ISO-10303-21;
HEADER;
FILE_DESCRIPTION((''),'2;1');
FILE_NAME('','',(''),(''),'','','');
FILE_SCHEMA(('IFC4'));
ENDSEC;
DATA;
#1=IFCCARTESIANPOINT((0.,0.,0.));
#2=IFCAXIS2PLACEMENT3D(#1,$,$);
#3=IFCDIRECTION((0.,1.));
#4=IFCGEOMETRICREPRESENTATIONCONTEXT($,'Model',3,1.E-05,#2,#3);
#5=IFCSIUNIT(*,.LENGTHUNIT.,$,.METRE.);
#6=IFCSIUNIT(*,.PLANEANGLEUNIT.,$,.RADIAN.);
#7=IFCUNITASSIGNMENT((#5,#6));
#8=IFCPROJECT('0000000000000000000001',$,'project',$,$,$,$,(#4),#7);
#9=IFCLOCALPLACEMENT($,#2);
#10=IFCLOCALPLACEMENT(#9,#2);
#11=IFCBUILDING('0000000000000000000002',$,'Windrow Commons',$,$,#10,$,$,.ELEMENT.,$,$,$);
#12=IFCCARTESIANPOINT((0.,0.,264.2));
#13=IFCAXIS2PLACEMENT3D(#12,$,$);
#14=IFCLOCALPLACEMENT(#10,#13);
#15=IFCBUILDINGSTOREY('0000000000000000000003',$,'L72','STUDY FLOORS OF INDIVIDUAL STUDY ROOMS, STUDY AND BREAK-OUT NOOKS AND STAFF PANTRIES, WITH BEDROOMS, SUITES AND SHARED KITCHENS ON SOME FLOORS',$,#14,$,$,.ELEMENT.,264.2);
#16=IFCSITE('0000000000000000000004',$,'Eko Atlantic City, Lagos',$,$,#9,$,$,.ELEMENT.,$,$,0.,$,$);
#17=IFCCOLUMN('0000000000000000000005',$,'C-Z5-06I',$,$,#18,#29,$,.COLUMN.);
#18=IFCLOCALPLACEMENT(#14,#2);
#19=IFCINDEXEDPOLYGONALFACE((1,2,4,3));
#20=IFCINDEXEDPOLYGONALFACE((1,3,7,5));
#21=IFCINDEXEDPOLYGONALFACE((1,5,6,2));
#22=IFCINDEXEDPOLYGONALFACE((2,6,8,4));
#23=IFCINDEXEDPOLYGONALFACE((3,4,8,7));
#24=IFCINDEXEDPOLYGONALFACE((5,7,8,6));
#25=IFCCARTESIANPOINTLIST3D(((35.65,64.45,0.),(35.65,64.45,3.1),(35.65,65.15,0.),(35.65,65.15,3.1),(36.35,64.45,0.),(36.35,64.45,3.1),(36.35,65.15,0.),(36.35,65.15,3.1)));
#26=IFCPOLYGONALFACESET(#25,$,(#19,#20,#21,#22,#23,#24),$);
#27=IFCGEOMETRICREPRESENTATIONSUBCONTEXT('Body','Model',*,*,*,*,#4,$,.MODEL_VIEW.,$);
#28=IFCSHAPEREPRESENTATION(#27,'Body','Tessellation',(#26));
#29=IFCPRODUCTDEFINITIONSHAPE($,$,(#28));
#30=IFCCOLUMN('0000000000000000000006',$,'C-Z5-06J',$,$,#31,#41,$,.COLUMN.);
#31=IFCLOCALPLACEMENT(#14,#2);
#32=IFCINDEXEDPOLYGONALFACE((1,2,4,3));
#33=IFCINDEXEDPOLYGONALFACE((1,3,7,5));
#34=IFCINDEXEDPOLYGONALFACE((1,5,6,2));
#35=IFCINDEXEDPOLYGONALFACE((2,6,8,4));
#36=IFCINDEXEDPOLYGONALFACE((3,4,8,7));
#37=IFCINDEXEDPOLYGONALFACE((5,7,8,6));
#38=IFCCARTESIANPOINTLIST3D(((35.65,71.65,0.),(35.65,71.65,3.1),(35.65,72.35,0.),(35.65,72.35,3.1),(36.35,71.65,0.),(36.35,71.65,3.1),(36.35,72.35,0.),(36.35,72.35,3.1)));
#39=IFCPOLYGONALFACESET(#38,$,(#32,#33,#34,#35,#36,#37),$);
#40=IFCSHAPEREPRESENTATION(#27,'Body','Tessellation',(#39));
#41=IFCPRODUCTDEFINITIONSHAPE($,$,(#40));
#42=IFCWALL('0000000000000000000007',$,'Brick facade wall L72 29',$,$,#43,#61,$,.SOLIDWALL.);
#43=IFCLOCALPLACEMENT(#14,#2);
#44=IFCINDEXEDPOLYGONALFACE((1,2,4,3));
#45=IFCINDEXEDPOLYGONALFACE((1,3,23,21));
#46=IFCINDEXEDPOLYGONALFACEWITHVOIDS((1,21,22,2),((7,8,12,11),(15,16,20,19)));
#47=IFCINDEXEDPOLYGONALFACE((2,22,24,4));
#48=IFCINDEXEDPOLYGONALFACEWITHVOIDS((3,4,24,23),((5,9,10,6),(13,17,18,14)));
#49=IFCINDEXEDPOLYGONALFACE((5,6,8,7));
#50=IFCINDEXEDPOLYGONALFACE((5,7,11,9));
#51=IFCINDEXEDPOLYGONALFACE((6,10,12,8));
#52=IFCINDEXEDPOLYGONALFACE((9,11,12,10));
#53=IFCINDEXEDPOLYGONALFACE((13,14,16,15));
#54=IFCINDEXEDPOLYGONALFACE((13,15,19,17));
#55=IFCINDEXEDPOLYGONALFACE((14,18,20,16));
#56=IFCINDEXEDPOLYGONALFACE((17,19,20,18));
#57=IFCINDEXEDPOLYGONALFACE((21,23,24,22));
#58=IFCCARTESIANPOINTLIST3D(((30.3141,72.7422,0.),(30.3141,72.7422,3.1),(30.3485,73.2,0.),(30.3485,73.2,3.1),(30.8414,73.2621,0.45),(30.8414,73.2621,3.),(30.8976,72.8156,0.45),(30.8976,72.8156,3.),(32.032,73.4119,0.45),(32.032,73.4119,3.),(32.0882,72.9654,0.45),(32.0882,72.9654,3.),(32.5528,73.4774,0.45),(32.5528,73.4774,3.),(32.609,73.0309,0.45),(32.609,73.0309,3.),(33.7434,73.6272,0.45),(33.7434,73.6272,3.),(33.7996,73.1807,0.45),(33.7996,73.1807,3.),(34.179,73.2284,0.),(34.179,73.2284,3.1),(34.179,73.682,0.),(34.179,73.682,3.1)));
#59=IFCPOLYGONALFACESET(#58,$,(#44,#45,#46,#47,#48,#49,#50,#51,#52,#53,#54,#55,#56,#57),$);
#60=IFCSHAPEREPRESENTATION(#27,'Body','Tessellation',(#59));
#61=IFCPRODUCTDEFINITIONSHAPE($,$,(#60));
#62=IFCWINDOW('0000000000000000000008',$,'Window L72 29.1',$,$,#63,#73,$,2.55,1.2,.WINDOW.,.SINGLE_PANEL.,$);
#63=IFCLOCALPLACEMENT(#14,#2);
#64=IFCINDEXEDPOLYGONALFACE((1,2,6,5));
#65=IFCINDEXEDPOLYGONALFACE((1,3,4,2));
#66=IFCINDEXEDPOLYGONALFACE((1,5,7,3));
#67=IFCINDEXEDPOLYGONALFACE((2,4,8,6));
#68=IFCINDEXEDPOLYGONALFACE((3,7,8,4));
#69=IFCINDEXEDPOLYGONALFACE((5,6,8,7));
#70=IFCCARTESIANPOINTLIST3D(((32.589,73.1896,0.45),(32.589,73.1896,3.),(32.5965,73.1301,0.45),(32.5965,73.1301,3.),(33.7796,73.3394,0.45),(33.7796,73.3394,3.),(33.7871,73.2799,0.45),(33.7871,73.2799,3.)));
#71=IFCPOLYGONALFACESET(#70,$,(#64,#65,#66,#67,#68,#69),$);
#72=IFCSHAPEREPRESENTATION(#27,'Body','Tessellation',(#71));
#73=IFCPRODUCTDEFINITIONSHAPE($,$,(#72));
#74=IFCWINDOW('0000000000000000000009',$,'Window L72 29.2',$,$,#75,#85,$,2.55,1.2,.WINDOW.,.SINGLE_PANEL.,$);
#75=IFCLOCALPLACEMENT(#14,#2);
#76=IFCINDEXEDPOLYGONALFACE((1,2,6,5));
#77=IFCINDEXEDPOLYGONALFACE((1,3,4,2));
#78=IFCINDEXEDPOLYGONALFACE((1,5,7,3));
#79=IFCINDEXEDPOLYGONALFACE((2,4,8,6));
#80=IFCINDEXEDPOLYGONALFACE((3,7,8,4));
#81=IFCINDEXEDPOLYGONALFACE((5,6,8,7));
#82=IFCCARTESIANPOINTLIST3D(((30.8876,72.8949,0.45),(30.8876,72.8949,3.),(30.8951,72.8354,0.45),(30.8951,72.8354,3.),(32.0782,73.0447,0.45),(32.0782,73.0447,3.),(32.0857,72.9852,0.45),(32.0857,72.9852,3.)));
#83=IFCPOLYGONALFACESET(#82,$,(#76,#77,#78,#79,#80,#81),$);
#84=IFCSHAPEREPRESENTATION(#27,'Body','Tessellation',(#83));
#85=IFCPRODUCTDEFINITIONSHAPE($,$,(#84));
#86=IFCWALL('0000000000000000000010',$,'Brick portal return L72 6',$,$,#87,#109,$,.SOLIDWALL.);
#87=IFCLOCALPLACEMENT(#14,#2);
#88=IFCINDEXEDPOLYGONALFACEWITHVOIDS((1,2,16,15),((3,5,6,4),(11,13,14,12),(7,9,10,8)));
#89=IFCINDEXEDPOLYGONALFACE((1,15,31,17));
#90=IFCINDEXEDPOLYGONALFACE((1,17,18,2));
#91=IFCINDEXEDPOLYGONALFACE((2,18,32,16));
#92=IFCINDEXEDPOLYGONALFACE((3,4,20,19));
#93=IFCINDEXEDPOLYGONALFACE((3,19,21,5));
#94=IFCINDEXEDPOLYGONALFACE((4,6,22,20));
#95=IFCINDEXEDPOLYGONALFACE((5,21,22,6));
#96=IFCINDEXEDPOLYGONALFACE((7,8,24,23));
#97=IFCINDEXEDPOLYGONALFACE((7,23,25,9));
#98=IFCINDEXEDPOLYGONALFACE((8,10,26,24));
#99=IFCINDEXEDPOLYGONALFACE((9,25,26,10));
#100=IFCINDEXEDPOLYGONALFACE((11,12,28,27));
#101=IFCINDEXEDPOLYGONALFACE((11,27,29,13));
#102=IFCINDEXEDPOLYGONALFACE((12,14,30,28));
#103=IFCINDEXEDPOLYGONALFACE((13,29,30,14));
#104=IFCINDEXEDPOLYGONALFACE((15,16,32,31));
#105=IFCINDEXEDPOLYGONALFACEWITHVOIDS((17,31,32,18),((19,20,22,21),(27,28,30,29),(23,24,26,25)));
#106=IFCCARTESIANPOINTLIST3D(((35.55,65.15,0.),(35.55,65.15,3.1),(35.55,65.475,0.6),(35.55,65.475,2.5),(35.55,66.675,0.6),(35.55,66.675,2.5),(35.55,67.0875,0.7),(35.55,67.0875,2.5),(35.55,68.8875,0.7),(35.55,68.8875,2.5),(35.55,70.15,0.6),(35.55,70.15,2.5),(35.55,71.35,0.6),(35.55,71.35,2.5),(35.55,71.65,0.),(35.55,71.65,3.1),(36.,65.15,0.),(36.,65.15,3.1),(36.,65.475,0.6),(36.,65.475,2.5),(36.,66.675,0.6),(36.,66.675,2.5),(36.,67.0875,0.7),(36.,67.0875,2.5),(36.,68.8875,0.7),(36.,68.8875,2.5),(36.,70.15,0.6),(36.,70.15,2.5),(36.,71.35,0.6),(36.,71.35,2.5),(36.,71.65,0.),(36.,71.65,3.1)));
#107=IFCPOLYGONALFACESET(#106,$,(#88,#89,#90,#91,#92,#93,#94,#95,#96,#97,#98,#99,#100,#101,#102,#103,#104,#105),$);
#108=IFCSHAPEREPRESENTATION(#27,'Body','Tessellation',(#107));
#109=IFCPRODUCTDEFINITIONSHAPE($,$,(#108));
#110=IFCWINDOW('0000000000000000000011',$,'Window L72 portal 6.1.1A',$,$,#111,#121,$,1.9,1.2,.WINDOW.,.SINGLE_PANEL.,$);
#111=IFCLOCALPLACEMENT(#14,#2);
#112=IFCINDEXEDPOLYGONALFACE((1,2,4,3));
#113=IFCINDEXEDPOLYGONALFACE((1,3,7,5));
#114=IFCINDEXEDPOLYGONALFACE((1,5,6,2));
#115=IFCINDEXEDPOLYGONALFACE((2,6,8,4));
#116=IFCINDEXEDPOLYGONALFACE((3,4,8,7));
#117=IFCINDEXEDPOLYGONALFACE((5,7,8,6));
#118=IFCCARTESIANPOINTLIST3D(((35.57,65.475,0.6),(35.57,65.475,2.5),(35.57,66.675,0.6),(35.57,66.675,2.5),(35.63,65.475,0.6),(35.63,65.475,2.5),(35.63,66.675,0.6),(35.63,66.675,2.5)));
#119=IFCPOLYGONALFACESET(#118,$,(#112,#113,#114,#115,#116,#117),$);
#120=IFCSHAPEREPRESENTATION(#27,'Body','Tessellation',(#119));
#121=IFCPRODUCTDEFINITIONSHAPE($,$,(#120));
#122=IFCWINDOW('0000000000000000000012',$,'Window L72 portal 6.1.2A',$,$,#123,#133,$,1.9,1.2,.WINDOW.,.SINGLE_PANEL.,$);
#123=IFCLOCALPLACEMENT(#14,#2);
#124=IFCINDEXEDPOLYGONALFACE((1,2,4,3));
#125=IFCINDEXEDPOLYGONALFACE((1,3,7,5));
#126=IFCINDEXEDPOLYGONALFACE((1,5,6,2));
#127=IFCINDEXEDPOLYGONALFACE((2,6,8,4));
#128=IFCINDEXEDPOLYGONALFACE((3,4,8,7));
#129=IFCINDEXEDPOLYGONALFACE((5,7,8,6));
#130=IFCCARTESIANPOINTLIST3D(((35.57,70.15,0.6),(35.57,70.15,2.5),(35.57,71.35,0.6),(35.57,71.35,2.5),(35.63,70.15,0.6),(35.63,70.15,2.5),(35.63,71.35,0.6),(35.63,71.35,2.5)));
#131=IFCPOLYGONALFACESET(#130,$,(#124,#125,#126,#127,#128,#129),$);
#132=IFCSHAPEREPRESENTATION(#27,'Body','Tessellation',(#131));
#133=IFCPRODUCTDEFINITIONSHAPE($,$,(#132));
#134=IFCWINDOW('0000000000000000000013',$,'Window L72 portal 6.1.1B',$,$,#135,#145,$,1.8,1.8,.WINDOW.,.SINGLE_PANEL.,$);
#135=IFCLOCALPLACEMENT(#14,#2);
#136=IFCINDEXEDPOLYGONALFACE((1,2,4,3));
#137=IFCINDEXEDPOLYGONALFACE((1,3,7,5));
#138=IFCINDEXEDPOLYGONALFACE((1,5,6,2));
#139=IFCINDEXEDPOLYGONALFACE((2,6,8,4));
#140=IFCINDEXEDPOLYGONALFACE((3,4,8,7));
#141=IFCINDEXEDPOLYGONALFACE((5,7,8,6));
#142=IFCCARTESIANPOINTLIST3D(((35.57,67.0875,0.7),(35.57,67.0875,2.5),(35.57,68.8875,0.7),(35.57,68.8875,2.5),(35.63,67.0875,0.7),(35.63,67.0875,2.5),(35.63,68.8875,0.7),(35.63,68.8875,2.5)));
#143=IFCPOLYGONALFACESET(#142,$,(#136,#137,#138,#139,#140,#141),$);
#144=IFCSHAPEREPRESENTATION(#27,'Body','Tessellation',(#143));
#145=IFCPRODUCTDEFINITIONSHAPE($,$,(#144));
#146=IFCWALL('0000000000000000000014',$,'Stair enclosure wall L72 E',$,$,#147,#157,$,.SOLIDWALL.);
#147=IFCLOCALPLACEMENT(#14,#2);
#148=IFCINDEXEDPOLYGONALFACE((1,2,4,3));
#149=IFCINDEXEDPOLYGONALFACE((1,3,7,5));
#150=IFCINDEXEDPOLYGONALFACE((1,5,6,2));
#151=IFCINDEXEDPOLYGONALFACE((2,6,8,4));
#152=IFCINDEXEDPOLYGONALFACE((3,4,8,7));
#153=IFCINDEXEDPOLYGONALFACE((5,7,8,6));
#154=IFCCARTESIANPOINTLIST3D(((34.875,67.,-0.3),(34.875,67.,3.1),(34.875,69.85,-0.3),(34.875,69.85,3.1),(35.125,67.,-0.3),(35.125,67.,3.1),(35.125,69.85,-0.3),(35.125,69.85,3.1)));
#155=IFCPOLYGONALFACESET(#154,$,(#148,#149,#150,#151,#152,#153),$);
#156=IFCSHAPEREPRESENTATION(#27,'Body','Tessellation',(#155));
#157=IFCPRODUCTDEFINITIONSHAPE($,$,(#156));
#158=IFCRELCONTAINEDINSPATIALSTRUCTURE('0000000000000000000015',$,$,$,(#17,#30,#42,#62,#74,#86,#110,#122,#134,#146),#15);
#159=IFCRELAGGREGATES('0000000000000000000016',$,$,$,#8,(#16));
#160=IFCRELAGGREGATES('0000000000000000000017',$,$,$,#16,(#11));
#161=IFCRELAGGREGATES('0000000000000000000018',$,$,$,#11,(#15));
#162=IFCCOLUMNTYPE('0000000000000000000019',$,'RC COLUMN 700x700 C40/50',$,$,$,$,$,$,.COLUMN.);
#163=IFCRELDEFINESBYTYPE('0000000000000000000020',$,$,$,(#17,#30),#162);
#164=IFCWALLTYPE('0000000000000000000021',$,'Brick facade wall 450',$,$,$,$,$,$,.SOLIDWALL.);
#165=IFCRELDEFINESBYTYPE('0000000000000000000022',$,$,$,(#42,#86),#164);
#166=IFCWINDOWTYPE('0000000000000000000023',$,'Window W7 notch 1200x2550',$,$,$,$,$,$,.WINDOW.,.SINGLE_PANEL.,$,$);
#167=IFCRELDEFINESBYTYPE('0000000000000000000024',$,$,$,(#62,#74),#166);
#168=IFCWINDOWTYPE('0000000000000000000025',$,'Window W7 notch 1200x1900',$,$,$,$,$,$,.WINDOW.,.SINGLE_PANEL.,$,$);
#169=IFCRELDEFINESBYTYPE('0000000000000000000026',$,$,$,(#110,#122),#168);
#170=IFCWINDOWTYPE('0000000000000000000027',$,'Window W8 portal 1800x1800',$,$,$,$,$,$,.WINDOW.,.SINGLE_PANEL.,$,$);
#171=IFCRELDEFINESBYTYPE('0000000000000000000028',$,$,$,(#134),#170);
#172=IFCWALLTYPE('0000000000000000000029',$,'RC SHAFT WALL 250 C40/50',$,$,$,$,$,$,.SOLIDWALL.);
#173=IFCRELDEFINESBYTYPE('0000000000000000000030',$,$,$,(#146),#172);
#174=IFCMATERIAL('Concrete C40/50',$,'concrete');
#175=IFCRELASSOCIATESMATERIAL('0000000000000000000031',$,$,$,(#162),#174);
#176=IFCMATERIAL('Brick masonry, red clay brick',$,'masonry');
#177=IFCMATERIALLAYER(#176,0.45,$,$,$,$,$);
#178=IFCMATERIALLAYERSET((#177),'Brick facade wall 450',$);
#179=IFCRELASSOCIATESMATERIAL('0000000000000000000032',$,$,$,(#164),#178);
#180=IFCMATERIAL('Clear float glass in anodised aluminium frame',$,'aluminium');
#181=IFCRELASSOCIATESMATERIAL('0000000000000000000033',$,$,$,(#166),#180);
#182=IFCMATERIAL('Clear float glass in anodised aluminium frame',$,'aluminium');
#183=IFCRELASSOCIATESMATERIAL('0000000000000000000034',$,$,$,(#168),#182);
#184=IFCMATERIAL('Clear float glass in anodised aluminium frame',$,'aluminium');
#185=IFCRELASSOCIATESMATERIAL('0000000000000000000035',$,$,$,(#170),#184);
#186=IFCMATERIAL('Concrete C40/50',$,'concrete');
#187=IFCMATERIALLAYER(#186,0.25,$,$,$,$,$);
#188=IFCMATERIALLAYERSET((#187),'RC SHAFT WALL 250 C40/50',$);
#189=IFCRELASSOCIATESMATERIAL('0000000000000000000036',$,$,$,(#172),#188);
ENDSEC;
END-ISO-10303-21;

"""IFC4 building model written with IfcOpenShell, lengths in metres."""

from ifc_helpers import new_model, si_unit, direction, frame, frame_2d, origin, origin_2d, place, context, subcontext, project, spatial, polyline, rectangle, outline, extrude, material, layer, layer_set, material_profile, profile_set, type_object, element, fill, save


model = new_model("IFC4")

# Units and contexts
model_context = context("Model", 3, precision=1e-05, world=origin(), true_north=direction((0.0, 1.0)))
body_context = subcontext(model_context, "Body", "Model", "MODEL_VIEW")
ifc_project = project(units=[si_unit("LENGTHUNIT", "METRE"), si_unit("PLANEANGLEUNIT", "RADIAN")], contexts=[model_context])

# Site, building, storey
site_placement = place(None, origin())
site = spatial("IfcSite", under=ifc_project, at=site_placement, Name="Eko Atlantic City, Lagos", CompositionType="ELEMENT", RefElevation=0.0)
building_placement = place(site_placement, origin())
building = spatial("IfcBuilding", under=site, at=building_placement, Name="Windrow Commons", CompositionType="ELEMENT")
storey_placement = place(building_placement, frame((0.0, 0.0, 264.2)))
storey = spatial("IfcBuildingStorey", under=building, at=storey_placement, Name="L72", Description="STUDY FLOORS OF INDIVIDUAL STUDY ROOMS, STUDY AND BREAK-OUT NOOKS AND STAFF PANTRIES, WITH BEDROOMS, SUITES AND SHARED KITCHENS ON SOME FLOORS", CompositionType="ELEMENT", Elevation=264.2)

# Columns
ifc_material_1 = material(Name="Concrete C40/50", Category="concrete")
ifc_material_profile = material_profile(ifc_material_1, rectangle(XDim=0.7, YDim=0.7, at=origin_2d()))
ifc_profile_set = profile_set([ifc_material_profile], Name="Concrete C40/50")
column_type = type_object("IfcColumnType", Name="RC COLUMN 700x700 C40/50", PredefinedType="COLUMN", material=ifc_profile_set)
for number, where, z_axis, x_axis, name in (
    (1, (36.0, 64.8, 0.0), (0.0, 0.0, 1.0), (1.0, 0.0, 0.0), "C-Z5-06I"),
    (2, (36.0, 72.0, 0.0), (0.0, 0.0, 1.0), (1.0, 0.0, 0.0), "C-Z5-06J"),
):
    element("IfcColumn", number, at=place(storey_placement, frame(where, z_axis=z_axis, x_axis=x_axis)), inside=storey, type_object=column_type, Name=name, PredefinedType="COLUMN", context=body_context, shape_type="SweptSolid", body=[
        extrude(rectangle(XDim=0.7, YDim=0.7, at=origin_2d()), origin(), (0.0, 0.0, 1.0), 3.1),
    ])

# Walls, openings, windows
ifc_material_2 = material(Name="Brick masonry, red clay brick", Category="masonry")
ifc_layer_1 = layer(ifc_material_2, 0.45)
ifc_layer_set_1 = layer_set([ifc_layer_1], Name="Brick facade wall 450")
wall_type_1 = type_object("IfcWallType", Name="Brick facade wall 450", PredefinedType="SOLIDWALL", material=ifc_layer_set_1)
wall_1_placement = place(storey_placement, frame((34.179, 73.4552, 0.0), z_axis=(0.0, 0.0, 1.0), x_axis=(-0.992178, -0.124831, 0.0)))
wall_1 = element("IfcWall", 3, at=wall_1_placement, inside=storey, type_object=wall_type_1, Name="Brick facade wall L72 29", PredefinedType="SOLIDWALL", context=body_context, shape_type="SweptSolid", body=[
    extrude(outline(polyline([(-0.0283, -0.225), (3.8324, -0.225), (3.9237, 0.225), (0.0283, 0.225), (-0.0283, -0.225)])), origin(), (0.0, 0.0, 1.0), 3.1),
])
opening_1_placement = place(wall_1_placement, frame((0.4107, 0.0, 0.45)))
opening_1 = element("IfcOpeningElement", 4, at=opening_1_placement, cuts=wall_1, PredefinedType="OPENING", context=body_context, shape_type="SweptSolid", body=[
    extrude(rectangle(XDim=1.2, YDim=2.55, at=frame_2d((0.6, 1.275))), frame((0.0, 0.235, 0.0), z_axis=(0.0, -1.0, 0.0), x_axis=(1.0, 0.0, 0.0)), (0.0, 0.0, 1.0), 0.47),
])
opening_2_placement = place(wall_1_placement, frame((2.1356, 0.0, 0.45)))
opening_2 = element("IfcOpeningElement", 5, at=opening_2_placement, cuts=wall_1, PredefinedType="OPENING", context=body_context, shape_type="SweptSolid", body=[
    extrude(rectangle(XDim=1.2, YDim=2.55, at=frame_2d((0.6, 1.275))), frame((0.0, 0.235, 0.0), z_axis=(0.0, -1.0, 0.0), x_axis=(1.0, 0.0, 0.0)), (0.0, 0.0, 1.0), 0.47),
])
ifc_material_3 = material(Name="Clear float glass in anodised aluminium frame", Category="aluminium")
window_type_1 = type_object("IfcWindowType", Name="Window W7 notch 1200x2550", PartitioningType="SINGLE_PANEL", PredefinedType="WINDOW", material=ifc_material_3)
window_1_placement = place(opening_1_placement, origin())
window_1 = element("IfcWindow", 6, at=window_1_placement, inside=storey, type_object=window_type_1, Name="Window L72 29.1", OverallHeight=2.55, OverallWidth=1.2, PartitioningType="SINGLE_PANEL", PredefinedType="WINDOW", context=body_context, shape_type="SweptSolid", body=[
    extrude(rectangle(XDim=1.2, YDim=2.55, at=frame_2d((0.6, 1.275))), frame((0.0, 0.125, 0.0), z_axis=(0.0, -1.0, 0.0), x_axis=(1.0, 0.0, 0.0)), (0.0, 0.0, 1.0), 0.06),
])
fill(opening_1, window_1)
window_2_placement = place(opening_2_placement, origin())
window_2 = element("IfcWindow", 7, at=window_2_placement, inside=storey, type_object=window_type_1, Name="Window L72 29.2", OverallHeight=2.55, OverallWidth=1.2, PartitioningType="SINGLE_PANEL", PredefinedType="WINDOW", context=body_context, shape_type="SweptSolid", body=[
    extrude(rectangle(XDim=1.2, YDim=2.55, at=frame_2d((0.6, 1.275))), frame((0.0, 0.205, 0.0), z_axis=(0.0, -1.0, 0.0), x_axis=(1.0, 0.0, 0.0)), (0.0, 0.0, 1.0), 0.06),
])
fill(opening_2, window_2)
wall_2_placement = place(storey_placement, frame((35.775, 65.15, 0.0), z_axis=(0.0, 0.0, 1.0), x_axis=(0.0, 1.0, 0.0)))
wall_2 = element("IfcWall", 8, at=wall_2_placement, inside=storey, type_object=wall_type_1, Name="Brick portal return L72 6", PredefinedType="SOLIDWALL", context=body_context, shape_type="SweptSolid", body=[
    extrude(rectangle(XDim=6.5, YDim=0.45, at=frame_2d((3.25, 0.0))), origin(), (0.0, 0.0, 1.0), 3.1),
])
opening_3_placement = place(wall_2_placement, frame((0.325, 0.0, 0.6)))
opening_3 = element("IfcOpeningElement", 9, at=opening_3_placement, cuts=wall_2, PredefinedType="OPENING", context=body_context, shape_type="SweptSolid", body=[
    extrude(rectangle(XDim=1.2, YDim=1.9, at=frame_2d((0.6, 0.95))), frame((0.0, 0.235, 0.0), z_axis=(0.0, -1.0, 0.0), x_axis=(1.0, 0.0, 0.0)), (0.0, 0.0, 1.0), 0.47),
])
opening_4_placement = place(wall_2_placement, frame((1.9375, 0.0, 0.7)))
opening_4 = element("IfcOpeningElement", 10, at=opening_4_placement, cuts=wall_2, PredefinedType="OPENING", context=body_context, shape_type="SweptSolid", body=[
    extrude(rectangle(XDim=1.8, YDim=1.8, at=frame_2d((0.9, 0.9))), frame((0.0, 0.235, 0.0), z_axis=(0.0, -1.0, 0.0), x_axis=(1.0, 0.0, 0.0)), (0.0, 0.0, 1.0), 0.47),
])
opening_5_placement = place(wall_2_placement, frame((5.0, 0.0, 0.6)))
opening_5 = element("IfcOpeningElement", 11, at=opening_5_placement, cuts=wall_2, PredefinedType="OPENING", context=body_context, shape_type="SweptSolid", body=[
    extrude(rectangle(XDim=1.2, YDim=1.9, at=frame_2d((0.6, 0.95))), frame((0.0, 0.235, 0.0), z_axis=(0.0, -1.0, 0.0), x_axis=(1.0, 0.0, 0.0)), (0.0, 0.0, 1.0), 0.47),
])
ifc_material_4 = material(Name="Clear float glass in anodised aluminium frame", Category="aluminium")
window_type_2 = type_object("IfcWindowType", Name="Window W7 notch 1200x1900", PartitioningType="SINGLE_PANEL", PredefinedType="WINDOW", material=ifc_material_4)
window_3_placement = place(opening_3_placement, origin())
window_3 = element("IfcWindow", 12, at=window_3_placement, inside=storey, type_object=window_type_2, Name="Window L72 portal 6.1.1A", OverallHeight=1.9, OverallWidth=1.2, PartitioningType="SINGLE_PANEL", PredefinedType="WINDOW", context=body_context, shape_type="SweptSolid", body=[
    extrude(rectangle(XDim=1.2, YDim=1.9, at=frame_2d((0.6, 0.95))), frame((0.0, 0.205, 0.0), z_axis=(0.0, -1.0, 0.0), x_axis=(1.0, 0.0, 0.0)), (0.0, 0.0, 1.0), 0.06),
])
fill(opening_3, window_3)
window_4_placement = place(opening_5_placement, origin())
window_4 = element("IfcWindow", 13, at=window_4_placement, inside=storey, type_object=window_type_2, Name="Window L72 portal 6.1.2A", OverallHeight=1.9, OverallWidth=1.2, PartitioningType="SINGLE_PANEL", PredefinedType="WINDOW", context=body_context, shape_type="SweptSolid", body=[
    extrude(rectangle(XDim=1.2, YDim=1.9, at=frame_2d((0.6, 0.95))), frame((0.0, 0.205, 0.0), z_axis=(0.0, -1.0, 0.0), x_axis=(1.0, 0.0, 0.0)), (0.0, 0.0, 1.0), 0.06),
])
fill(opening_5, window_4)
ifc_material_5 = material(Name="Clear float glass in anodised aluminium frame", Category="aluminium")
window_type_3 = type_object("IfcWindowType", Name="Window W8 portal 1800x1800", PartitioningType="SINGLE_PANEL", PredefinedType="WINDOW", material=ifc_material_5)
window_5_placement = place(opening_4_placement, origin())
window_5 = element("IfcWindow", 14, at=window_5_placement, inside=storey, type_object=window_type_3, Name="Window L72 portal 6.1.1B", OverallHeight=1.8, OverallWidth=1.8, PartitioningType="SINGLE_PANEL", PredefinedType="WINDOW", context=body_context, shape_type="SweptSolid", body=[
    extrude(rectangle(XDim=1.8, YDim=1.8, at=frame_2d((0.9, 0.9))), frame((0.0, 0.205, 0.0), z_axis=(0.0, -1.0, 0.0), x_axis=(1.0, 0.0, 0.0)), (0.0, 0.0, 1.0), 0.06),
])
fill(opening_4, window_5)

# Wall
ifc_material_6 = material(Name="Concrete C40/50", Category="concrete")
ifc_layer_2 = layer(ifc_material_6, 0.25)
ifc_layer_set_2 = layer_set([ifc_layer_2], Name="RC SHAFT WALL 250 C40/50")
wall_type_2 = type_object("IfcWallType", Name="RC SHAFT WALL 250 C40/50", PredefinedType="SOLIDWALL", material=ifc_layer_set_2)
wall_3_placement = place(storey_placement, frame((35.0, 67.0, -0.3), z_axis=(0.0, 0.0, 1.0), x_axis=(0.0, 1.0, 0.0)))
element("IfcWall", 15, at=wall_3_placement, inside=storey, type_object=wall_type_2, Name="Stair enclosure wall L72 E", PredefinedType="SOLIDWALL", context=body_context, shape_type="SweptSolid", body=[
    extrude(rectangle(XDim=2.85, YDim=0.25, at=frame_2d((1.425, 0.0))), origin(), (0.0, 0.0, 1.0), 3.4),
])

save(model, "model.ifc")
